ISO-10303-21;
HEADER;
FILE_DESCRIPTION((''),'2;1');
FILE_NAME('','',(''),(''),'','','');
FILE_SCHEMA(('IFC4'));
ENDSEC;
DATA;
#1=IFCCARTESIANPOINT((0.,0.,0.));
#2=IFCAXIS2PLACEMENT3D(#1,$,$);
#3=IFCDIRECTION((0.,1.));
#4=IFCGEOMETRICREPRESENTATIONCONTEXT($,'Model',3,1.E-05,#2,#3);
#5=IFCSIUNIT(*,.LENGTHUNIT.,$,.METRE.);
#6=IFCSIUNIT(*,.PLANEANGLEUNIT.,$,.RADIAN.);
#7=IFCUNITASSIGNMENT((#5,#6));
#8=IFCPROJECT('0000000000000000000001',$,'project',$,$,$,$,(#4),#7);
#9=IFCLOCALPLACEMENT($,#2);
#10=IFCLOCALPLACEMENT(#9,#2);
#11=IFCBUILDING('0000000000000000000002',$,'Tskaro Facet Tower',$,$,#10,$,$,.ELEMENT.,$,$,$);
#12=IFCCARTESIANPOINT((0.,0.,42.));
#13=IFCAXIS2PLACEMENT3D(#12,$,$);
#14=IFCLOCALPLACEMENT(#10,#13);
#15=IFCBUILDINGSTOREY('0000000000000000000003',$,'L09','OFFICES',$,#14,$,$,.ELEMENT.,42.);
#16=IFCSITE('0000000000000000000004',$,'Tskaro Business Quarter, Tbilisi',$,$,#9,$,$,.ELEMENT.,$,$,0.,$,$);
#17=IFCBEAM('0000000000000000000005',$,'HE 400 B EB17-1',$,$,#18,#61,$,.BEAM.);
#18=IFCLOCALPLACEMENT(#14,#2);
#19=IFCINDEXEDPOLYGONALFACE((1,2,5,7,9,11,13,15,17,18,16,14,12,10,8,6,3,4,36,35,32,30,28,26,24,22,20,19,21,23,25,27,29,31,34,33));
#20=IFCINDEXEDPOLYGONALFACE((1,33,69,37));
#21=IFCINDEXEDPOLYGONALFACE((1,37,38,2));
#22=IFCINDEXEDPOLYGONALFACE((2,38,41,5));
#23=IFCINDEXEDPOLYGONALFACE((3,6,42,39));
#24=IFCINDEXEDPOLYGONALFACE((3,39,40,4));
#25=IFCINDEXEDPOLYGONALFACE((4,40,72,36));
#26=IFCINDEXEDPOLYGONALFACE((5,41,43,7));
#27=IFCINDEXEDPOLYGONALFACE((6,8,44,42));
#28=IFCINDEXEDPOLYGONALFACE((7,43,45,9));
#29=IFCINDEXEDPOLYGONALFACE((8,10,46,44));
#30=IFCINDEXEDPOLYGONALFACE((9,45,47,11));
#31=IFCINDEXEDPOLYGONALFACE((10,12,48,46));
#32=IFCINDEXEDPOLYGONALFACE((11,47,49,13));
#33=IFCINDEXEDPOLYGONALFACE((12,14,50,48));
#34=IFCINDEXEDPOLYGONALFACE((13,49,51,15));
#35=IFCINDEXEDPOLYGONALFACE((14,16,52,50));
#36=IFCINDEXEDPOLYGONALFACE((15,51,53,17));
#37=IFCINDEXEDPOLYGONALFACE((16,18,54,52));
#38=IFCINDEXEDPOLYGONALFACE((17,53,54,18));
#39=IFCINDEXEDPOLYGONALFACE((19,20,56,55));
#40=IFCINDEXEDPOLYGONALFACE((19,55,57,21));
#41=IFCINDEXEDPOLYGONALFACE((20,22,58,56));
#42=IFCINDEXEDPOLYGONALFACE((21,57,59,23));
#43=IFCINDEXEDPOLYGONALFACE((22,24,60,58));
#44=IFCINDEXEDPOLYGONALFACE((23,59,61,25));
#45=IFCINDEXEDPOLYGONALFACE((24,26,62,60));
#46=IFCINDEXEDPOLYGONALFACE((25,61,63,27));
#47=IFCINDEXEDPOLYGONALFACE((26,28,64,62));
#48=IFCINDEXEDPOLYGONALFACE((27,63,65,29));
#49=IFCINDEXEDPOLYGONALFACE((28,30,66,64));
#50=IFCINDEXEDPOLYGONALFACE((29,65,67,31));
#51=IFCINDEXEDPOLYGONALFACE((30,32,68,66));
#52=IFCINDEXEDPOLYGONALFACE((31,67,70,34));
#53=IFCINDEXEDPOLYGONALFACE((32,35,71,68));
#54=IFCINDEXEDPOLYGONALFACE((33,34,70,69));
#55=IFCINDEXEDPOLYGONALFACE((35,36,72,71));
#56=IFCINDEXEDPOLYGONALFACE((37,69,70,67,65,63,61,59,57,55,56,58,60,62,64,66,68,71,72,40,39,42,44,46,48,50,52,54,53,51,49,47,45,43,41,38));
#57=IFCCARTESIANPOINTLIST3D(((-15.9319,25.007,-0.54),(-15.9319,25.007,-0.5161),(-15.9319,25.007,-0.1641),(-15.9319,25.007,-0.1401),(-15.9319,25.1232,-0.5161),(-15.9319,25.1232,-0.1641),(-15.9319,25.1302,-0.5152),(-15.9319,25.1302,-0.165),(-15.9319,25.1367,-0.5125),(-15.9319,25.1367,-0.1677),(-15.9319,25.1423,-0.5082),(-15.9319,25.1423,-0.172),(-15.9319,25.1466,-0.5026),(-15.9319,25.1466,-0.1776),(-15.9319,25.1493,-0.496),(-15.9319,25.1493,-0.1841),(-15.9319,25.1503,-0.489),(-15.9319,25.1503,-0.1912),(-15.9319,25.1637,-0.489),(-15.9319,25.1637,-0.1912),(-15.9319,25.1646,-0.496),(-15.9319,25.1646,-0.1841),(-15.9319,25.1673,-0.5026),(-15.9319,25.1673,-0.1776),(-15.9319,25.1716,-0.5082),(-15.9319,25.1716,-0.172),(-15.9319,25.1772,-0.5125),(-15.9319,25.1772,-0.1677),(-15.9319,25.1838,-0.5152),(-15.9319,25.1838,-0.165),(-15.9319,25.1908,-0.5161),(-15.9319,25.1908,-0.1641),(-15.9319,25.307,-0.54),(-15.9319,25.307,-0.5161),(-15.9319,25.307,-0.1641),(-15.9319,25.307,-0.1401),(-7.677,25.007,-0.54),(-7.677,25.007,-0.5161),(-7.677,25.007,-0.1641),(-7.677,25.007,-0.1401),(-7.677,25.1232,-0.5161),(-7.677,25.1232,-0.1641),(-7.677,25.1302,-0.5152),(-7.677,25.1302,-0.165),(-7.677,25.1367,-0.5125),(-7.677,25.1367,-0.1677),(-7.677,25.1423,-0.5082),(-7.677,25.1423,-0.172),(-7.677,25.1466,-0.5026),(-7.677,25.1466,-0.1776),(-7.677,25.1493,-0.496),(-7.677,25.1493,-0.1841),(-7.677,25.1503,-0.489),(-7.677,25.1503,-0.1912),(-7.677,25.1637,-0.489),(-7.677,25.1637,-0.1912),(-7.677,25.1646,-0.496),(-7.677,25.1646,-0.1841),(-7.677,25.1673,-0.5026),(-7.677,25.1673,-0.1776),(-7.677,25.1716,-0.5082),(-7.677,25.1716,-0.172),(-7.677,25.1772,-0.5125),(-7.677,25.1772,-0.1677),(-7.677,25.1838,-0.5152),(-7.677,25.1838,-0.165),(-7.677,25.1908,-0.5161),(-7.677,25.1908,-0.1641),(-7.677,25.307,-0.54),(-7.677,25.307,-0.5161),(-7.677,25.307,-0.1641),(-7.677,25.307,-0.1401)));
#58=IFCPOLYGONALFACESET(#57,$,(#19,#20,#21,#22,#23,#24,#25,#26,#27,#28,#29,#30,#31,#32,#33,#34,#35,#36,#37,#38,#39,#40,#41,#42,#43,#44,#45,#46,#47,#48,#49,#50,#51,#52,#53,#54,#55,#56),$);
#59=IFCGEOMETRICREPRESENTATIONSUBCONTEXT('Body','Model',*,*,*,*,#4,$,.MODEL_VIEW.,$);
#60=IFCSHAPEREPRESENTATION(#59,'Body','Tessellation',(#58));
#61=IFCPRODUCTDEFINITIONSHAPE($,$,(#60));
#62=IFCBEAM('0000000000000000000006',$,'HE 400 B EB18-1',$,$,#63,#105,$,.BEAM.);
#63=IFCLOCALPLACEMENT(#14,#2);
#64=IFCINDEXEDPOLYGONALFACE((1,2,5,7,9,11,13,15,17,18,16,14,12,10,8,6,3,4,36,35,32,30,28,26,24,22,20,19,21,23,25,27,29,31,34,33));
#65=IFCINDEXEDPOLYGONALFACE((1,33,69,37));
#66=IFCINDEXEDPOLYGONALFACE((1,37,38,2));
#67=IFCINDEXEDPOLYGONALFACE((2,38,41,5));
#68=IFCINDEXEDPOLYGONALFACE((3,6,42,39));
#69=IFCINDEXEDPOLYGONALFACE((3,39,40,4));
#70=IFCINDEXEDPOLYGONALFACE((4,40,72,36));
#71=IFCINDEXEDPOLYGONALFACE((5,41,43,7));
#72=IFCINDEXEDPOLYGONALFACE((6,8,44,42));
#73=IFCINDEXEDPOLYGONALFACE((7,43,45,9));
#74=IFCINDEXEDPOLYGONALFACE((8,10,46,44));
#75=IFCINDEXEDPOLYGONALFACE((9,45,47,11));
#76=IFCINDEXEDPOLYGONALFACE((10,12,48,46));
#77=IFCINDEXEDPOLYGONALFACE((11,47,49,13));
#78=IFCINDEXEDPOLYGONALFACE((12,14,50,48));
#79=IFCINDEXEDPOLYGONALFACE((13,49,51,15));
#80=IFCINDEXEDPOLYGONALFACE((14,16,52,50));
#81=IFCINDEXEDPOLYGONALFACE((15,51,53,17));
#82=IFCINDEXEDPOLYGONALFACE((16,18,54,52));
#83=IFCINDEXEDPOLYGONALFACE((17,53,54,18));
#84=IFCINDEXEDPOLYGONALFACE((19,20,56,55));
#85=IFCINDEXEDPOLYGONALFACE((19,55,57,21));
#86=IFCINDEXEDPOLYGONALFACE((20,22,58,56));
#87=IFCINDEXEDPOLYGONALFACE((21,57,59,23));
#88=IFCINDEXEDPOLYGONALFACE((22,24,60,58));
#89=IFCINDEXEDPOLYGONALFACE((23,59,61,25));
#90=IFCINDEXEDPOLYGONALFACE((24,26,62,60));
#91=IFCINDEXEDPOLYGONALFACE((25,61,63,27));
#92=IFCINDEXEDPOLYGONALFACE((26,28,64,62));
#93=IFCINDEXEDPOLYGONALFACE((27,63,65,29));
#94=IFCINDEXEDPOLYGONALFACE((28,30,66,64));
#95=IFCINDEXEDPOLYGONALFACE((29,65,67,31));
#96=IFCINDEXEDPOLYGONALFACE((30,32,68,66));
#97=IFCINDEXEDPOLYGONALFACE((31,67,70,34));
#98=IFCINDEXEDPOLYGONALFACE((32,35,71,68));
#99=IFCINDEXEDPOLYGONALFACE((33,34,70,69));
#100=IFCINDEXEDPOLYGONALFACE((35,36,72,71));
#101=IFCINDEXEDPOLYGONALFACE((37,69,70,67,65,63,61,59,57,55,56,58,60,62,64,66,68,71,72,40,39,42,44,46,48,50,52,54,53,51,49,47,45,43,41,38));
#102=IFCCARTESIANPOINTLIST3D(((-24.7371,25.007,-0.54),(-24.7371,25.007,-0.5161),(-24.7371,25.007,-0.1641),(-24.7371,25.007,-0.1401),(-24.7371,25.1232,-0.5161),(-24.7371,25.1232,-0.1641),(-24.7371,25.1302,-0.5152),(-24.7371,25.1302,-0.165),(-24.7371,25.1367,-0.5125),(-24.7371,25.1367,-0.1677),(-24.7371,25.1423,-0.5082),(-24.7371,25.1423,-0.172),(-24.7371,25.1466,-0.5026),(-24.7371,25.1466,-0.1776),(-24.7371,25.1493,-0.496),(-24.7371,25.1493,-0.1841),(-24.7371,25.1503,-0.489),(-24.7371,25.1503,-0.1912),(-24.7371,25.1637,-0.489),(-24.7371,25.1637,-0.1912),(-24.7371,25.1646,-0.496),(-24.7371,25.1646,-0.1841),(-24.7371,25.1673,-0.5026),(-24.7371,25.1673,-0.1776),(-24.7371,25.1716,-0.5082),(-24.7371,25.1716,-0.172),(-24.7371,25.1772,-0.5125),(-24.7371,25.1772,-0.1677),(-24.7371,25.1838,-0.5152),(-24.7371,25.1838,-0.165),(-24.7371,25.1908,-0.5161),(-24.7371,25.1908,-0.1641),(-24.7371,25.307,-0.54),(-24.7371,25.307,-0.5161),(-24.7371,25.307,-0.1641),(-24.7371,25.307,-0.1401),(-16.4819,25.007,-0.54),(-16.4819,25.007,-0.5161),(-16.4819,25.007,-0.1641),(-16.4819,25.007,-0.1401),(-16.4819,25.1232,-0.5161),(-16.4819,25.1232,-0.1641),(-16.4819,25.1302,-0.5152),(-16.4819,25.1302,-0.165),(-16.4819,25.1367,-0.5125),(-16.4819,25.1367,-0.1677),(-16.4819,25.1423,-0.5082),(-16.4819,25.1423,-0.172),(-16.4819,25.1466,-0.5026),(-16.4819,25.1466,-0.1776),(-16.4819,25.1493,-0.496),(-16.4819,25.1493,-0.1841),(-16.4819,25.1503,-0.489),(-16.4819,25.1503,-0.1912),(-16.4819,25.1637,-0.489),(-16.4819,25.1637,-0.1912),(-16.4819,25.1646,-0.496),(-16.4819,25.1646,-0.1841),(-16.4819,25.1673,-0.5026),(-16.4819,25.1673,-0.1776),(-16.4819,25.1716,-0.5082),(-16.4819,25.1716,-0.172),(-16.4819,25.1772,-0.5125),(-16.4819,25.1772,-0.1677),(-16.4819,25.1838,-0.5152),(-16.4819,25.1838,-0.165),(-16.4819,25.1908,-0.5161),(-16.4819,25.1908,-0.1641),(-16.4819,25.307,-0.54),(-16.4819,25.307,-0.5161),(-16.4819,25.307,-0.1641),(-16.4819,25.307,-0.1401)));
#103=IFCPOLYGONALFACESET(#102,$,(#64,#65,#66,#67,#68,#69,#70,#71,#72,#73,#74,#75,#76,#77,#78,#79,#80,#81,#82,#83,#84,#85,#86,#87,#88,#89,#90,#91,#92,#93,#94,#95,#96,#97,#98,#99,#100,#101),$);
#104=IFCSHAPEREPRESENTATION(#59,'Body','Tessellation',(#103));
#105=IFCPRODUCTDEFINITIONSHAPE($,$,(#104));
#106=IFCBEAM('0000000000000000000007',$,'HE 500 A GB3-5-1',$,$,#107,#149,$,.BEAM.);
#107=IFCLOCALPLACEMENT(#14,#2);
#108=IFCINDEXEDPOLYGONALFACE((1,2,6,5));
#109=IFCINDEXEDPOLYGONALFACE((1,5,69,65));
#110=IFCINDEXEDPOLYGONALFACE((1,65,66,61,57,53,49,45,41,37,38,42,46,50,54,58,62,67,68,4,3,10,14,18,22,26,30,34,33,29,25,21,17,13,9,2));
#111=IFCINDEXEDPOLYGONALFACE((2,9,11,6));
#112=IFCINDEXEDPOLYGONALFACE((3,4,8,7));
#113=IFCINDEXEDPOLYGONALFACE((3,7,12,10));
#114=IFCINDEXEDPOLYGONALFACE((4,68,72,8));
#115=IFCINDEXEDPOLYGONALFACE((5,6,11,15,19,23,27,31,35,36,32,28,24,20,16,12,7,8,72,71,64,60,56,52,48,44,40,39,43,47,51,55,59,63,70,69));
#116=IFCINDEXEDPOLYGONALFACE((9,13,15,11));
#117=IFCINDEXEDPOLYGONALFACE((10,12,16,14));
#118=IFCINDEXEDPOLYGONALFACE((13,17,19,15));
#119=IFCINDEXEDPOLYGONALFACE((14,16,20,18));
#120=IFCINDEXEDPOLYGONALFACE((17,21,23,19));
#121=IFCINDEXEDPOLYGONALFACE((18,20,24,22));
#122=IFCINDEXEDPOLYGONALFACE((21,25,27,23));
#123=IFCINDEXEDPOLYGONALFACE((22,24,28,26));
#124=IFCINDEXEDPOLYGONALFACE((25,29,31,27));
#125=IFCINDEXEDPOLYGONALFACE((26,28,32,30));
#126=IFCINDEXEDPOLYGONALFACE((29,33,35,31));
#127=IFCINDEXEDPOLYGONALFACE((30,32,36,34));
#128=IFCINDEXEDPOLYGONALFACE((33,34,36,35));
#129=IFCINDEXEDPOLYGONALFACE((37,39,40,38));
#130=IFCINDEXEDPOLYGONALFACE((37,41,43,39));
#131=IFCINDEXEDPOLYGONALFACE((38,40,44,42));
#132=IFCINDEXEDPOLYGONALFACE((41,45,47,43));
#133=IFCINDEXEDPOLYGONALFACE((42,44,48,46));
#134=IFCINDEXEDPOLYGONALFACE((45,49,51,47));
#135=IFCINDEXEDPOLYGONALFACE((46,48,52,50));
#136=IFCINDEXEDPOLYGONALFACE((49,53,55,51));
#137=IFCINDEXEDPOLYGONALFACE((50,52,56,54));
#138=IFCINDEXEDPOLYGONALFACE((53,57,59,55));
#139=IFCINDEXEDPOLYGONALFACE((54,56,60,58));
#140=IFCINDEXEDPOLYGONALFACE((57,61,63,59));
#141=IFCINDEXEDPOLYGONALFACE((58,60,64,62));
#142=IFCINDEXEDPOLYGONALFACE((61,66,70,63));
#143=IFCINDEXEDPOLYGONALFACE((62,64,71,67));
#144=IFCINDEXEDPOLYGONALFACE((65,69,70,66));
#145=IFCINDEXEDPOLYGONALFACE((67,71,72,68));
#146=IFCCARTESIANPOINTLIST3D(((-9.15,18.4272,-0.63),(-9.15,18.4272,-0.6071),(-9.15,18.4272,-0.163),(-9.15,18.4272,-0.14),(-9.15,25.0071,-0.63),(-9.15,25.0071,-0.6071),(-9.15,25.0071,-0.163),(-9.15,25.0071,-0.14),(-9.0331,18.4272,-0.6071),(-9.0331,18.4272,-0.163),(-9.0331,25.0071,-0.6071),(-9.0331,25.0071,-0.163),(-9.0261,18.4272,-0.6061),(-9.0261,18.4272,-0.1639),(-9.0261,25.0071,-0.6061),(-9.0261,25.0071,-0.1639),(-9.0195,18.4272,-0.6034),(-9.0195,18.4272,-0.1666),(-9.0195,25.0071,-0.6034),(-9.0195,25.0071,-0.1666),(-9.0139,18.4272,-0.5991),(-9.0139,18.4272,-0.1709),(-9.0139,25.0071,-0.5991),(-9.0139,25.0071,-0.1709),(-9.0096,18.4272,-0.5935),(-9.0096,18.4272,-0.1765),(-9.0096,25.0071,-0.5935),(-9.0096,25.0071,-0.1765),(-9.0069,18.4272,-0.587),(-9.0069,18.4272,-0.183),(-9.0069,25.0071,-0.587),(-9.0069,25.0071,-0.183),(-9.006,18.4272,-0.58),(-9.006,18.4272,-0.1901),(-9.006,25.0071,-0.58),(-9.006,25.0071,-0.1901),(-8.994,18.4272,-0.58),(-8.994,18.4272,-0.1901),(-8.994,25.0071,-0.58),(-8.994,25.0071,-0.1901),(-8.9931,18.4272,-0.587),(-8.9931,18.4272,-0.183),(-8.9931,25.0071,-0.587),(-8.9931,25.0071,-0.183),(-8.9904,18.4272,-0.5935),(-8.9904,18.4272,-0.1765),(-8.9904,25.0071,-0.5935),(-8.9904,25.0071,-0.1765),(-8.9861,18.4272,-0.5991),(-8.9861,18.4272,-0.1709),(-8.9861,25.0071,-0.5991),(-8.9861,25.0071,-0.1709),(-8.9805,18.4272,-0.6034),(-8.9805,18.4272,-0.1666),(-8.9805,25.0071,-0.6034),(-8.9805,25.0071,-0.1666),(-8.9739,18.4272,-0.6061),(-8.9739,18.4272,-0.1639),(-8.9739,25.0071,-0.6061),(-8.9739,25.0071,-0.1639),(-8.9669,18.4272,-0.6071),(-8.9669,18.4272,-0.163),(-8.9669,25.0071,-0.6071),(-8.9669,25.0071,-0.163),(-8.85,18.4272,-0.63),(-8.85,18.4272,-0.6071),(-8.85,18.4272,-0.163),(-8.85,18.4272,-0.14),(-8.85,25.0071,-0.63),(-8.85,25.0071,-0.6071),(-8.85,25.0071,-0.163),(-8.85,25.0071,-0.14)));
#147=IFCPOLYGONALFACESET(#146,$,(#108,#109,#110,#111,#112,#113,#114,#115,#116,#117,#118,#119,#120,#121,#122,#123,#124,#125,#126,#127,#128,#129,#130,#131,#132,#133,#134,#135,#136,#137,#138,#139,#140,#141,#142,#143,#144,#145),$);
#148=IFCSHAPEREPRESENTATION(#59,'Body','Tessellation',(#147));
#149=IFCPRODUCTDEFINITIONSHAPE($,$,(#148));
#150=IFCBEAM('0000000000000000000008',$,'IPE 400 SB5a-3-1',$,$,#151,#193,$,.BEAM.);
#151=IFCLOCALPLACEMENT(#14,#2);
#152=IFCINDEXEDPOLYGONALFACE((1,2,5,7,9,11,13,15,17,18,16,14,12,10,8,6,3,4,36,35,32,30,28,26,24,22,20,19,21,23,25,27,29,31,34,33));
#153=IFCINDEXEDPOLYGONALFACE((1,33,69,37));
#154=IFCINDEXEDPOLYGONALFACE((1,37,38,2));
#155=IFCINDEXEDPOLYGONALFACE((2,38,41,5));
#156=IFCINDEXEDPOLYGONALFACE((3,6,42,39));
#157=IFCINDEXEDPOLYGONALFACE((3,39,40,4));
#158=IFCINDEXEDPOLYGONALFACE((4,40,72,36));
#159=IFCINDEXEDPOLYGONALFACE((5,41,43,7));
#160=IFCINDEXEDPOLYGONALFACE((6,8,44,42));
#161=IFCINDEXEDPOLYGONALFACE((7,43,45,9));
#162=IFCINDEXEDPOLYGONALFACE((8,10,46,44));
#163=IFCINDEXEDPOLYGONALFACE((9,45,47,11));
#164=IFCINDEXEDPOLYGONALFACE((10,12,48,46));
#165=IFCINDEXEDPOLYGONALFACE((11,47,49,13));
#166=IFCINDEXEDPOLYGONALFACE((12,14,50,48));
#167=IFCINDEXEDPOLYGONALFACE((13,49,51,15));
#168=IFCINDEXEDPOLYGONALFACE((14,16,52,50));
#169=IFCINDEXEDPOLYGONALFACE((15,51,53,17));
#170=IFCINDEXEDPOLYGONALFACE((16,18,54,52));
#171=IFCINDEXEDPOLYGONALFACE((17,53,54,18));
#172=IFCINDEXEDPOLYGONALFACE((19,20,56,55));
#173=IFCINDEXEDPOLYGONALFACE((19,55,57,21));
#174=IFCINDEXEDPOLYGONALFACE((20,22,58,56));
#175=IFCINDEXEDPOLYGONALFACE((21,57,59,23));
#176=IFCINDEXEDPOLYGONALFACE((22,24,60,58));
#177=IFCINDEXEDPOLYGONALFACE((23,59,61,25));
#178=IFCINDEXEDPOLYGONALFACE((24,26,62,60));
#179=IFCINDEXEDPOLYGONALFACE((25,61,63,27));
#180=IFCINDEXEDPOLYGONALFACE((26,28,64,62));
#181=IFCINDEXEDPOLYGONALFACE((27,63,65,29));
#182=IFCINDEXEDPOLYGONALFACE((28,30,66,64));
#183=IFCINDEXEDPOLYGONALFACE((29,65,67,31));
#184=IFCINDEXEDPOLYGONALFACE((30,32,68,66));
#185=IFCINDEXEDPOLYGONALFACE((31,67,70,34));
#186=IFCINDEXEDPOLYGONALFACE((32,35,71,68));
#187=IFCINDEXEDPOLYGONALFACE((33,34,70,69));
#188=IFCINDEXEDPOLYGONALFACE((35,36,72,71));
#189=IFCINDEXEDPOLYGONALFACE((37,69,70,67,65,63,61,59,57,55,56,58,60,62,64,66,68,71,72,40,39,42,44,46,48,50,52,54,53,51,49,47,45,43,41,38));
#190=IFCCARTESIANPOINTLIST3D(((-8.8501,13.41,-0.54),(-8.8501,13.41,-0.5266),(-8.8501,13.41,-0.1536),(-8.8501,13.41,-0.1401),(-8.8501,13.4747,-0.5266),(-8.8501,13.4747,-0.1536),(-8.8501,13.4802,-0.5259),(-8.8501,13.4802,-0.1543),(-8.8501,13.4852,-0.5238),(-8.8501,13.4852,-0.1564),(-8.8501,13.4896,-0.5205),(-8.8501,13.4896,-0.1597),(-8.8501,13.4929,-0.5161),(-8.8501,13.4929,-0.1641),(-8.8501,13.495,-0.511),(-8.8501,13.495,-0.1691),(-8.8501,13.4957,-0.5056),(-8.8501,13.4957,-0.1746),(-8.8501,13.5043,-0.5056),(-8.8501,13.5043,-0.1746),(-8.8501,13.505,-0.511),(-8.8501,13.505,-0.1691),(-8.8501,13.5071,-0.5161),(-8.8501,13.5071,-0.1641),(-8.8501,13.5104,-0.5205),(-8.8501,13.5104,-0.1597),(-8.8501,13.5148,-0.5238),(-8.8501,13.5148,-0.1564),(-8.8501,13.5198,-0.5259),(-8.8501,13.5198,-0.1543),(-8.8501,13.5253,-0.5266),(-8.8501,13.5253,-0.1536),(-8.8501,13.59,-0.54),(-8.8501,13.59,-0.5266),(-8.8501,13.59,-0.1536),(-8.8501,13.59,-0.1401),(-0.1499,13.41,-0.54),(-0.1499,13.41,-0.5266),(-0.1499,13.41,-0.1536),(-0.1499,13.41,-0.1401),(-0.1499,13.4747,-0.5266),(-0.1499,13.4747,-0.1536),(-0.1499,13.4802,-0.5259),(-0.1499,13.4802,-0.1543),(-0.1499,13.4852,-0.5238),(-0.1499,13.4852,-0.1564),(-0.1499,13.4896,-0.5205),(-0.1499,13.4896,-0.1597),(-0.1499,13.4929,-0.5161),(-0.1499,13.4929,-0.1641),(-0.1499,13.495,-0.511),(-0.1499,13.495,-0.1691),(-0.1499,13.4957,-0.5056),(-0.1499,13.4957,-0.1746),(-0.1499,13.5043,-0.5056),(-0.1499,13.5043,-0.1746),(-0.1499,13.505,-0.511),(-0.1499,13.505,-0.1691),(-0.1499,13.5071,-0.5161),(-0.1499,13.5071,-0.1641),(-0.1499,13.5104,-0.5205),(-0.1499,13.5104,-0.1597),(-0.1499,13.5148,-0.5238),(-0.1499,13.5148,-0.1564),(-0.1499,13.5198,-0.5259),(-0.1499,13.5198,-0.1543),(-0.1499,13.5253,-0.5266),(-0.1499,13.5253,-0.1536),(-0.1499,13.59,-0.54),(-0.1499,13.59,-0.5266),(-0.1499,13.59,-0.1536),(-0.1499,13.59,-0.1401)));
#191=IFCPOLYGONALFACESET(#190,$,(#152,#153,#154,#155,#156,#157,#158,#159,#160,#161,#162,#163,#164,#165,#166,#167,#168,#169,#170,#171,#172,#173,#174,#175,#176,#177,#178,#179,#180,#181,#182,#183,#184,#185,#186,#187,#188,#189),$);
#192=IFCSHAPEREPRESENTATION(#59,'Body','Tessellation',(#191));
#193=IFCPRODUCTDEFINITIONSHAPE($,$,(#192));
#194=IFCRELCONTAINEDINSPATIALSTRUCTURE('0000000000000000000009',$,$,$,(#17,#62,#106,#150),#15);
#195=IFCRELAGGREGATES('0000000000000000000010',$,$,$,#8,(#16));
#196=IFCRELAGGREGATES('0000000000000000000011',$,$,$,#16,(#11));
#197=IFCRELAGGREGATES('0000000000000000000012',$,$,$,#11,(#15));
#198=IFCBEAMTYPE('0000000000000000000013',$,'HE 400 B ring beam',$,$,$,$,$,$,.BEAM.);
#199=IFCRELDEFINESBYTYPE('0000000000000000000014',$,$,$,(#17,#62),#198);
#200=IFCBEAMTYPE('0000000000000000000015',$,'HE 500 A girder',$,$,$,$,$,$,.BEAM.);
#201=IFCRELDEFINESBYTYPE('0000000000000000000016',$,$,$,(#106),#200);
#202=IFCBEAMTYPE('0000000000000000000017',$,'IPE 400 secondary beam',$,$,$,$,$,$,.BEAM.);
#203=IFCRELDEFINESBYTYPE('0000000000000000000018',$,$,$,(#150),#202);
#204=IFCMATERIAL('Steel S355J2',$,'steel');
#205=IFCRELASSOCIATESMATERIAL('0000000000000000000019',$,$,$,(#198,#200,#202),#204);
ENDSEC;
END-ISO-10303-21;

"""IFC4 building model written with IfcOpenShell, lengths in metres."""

from ifc_helpers import new_model, si_unit, direction, frame, origin, origin_2d, place, context, subcontext, project, spatial, i_section, extrude, material, material_profile, profile_set, type_object, element, save


model = new_model("IFC4")

# Units and contexts
model_context = context("Model", 3, precision=1e-05, world=origin(), true_north=direction((0.0, 1.0)))
body_context = subcontext(model_context, "Body", "Model", "MODEL_VIEW")
ifc_project = project(units=[si_unit("LENGTHUNIT", "METRE"), si_unit("PLANEANGLEUNIT", "RADIAN")], contexts=[model_context])

# Site, building, storey
site_placement = place(None, origin())
site = spatial("IfcSite", under=ifc_project, at=site_placement, Name="Tskaro Business Quarter, Tbilisi", CompositionType="ELEMENT", RefElevation=0.0)
building_placement = place(site_placement, origin())
building = spatial("IfcBuilding", under=site, at=building_placement, Name="Tskaro Facet Tower", CompositionType="ELEMENT")
storey_placement = place(building_placement, frame((0.0, 0.0, 42.0)))
storey = spatial("IfcBuildingStorey", under=building, at=storey_placement, Name="L09", Description="OFFICES", CompositionType="ELEMENT", Elevation=42.0)

# Beams
ifc_material_1 = material(Name="Steel S355J2", Category="steel")
ifc_material_profile_1 = material_profile(ifc_material_1, i_section(OverallWidth=0.3, OverallDepth=0.3999, WebThickness=0.0134, FlangeThickness=0.0239, FilletRadius=0.0271, at=origin_2d()), Name="HE 400 B")
ifc_profile_set_1 = profile_set([ifc_material_profile_1], Name="Steel S355J2")
beam_type_1 = type_object("IfcBeamType", Name="HE 400 B ring beam", PredefinedType="BEAM", material=ifc_profile_set_1)
beam_1_placement = place(storey_placement, frame((-7.677, 25.157, -0.3401), z_axis=(-1.0, 0.0, 0.0), x_axis=(0.0, -1.0, 0.0)))
element("IfcBeam", 1, at=beam_1_placement, inside=storey, type_object=beam_type_1, Name="HE 400 B EB17-1", PredefinedType="BEAM", context=body_context, shape_type="SweptSolid", body=[
    extrude(i_section(OverallWidth=0.3, OverallDepth=0.3999, WebThickness=0.0134, FlangeThickness=0.0239, FilletRadius=0.0271, at=origin_2d()), origin(), (0.0, 0.0, 1.0), 8.2549),
])
beam_2_placement = place(storey_placement, frame((-16.4819, 25.157, -0.3401), z_axis=(-1.0, 0.0, 0.0), x_axis=(0.0, -1.0, 0.0)))
element("IfcBeam", 2, at=beam_2_placement, inside=storey, type_object=beam_type_1, Name="HE 400 B EB18-1", PredefinedType="BEAM", context=body_context, shape_type="SweptSolid", body=[
    extrude(i_section(OverallWidth=0.3, OverallDepth=0.3999, WebThickness=0.0134, FlangeThickness=0.0239, FilletRadius=0.0271, at=origin_2d()), origin(), (0.0, 0.0, 1.0), 8.2551),
])
ifc_material_profile_2 = material_profile(ifc_material_1, i_section(OverallWidth=0.3, OverallDepth=0.49, WebThickness=0.012, FlangeThickness=0.0229, FilletRadius=0.0271, at=origin_2d()), Name="HE 500 A")
ifc_profile_set_2 = profile_set([ifc_material_profile_2], Name="Steel S355J2")
beam_type_2 = type_object("IfcBeamType", Name="HE 500 A girder", PredefinedType="BEAM", material=ifc_profile_set_2)
beam_3_placement = place(storey_placement, frame((-9.0, 18.4272, -0.385), z_axis=(0.0, 1.0, 0.0), x_axis=(-1.0, 0.0, 0.0)))
element("IfcBeam", 3, at=beam_3_placement, inside=storey, type_object=beam_type_2, Name="HE 500 A GB3-5-1", PredefinedType="BEAM", context=body_context, shape_type="SweptSolid", body=[
    extrude(i_section(OverallWidth=0.3, OverallDepth=0.49, WebThickness=0.012, FlangeThickness=0.0229, FilletRadius=0.0271, at=origin_2d()), origin(), (0.0, 0.0, 1.0), 6.5798),
])
ifc_material_profile_3 = material_profile(ifc_material_1, i_section(OverallWidth=0.1799, OverallDepth=0.3999, WebThickness=0.0085, FlangeThickness=0.0134, FilletRadius=0.021, at=origin_2d()), Name="IPE 400")
ifc_profile_set_3 = profile_set([ifc_material_profile_3], Name="Steel S355J2")
beam_type_3 = type_object("IfcBeamType", Name="IPE 400 secondary beam", PredefinedType="BEAM", material=ifc_profile_set_3)
for number, where, z_axis, x_axis, name in (
    (4, (-8.8501, 13.5, -0.3401), (1.0, 0.0, 0.0), (0.0, 1.0, 0.0), "IPE 400 SB5a-3-1"),
):
    element("IfcBeam", number, at=place(storey_placement, frame(where, z_axis=z_axis, x_axis=x_axis)), inside=storey, type_object=beam_type_3, Name=name, PredefinedType="BEAM", context=body_context, shape_type="SweptSolid", body=[
        extrude(i_section(OverallWidth=0.1799, OverallDepth=0.3999, WebThickness=0.0085, FlangeThickness=0.0134, FilletRadius=0.021, at=origin_2d()), origin(), (0.0, 0.0, 1.0), 8.7002),
    ])

save(model, "model.ifc")
